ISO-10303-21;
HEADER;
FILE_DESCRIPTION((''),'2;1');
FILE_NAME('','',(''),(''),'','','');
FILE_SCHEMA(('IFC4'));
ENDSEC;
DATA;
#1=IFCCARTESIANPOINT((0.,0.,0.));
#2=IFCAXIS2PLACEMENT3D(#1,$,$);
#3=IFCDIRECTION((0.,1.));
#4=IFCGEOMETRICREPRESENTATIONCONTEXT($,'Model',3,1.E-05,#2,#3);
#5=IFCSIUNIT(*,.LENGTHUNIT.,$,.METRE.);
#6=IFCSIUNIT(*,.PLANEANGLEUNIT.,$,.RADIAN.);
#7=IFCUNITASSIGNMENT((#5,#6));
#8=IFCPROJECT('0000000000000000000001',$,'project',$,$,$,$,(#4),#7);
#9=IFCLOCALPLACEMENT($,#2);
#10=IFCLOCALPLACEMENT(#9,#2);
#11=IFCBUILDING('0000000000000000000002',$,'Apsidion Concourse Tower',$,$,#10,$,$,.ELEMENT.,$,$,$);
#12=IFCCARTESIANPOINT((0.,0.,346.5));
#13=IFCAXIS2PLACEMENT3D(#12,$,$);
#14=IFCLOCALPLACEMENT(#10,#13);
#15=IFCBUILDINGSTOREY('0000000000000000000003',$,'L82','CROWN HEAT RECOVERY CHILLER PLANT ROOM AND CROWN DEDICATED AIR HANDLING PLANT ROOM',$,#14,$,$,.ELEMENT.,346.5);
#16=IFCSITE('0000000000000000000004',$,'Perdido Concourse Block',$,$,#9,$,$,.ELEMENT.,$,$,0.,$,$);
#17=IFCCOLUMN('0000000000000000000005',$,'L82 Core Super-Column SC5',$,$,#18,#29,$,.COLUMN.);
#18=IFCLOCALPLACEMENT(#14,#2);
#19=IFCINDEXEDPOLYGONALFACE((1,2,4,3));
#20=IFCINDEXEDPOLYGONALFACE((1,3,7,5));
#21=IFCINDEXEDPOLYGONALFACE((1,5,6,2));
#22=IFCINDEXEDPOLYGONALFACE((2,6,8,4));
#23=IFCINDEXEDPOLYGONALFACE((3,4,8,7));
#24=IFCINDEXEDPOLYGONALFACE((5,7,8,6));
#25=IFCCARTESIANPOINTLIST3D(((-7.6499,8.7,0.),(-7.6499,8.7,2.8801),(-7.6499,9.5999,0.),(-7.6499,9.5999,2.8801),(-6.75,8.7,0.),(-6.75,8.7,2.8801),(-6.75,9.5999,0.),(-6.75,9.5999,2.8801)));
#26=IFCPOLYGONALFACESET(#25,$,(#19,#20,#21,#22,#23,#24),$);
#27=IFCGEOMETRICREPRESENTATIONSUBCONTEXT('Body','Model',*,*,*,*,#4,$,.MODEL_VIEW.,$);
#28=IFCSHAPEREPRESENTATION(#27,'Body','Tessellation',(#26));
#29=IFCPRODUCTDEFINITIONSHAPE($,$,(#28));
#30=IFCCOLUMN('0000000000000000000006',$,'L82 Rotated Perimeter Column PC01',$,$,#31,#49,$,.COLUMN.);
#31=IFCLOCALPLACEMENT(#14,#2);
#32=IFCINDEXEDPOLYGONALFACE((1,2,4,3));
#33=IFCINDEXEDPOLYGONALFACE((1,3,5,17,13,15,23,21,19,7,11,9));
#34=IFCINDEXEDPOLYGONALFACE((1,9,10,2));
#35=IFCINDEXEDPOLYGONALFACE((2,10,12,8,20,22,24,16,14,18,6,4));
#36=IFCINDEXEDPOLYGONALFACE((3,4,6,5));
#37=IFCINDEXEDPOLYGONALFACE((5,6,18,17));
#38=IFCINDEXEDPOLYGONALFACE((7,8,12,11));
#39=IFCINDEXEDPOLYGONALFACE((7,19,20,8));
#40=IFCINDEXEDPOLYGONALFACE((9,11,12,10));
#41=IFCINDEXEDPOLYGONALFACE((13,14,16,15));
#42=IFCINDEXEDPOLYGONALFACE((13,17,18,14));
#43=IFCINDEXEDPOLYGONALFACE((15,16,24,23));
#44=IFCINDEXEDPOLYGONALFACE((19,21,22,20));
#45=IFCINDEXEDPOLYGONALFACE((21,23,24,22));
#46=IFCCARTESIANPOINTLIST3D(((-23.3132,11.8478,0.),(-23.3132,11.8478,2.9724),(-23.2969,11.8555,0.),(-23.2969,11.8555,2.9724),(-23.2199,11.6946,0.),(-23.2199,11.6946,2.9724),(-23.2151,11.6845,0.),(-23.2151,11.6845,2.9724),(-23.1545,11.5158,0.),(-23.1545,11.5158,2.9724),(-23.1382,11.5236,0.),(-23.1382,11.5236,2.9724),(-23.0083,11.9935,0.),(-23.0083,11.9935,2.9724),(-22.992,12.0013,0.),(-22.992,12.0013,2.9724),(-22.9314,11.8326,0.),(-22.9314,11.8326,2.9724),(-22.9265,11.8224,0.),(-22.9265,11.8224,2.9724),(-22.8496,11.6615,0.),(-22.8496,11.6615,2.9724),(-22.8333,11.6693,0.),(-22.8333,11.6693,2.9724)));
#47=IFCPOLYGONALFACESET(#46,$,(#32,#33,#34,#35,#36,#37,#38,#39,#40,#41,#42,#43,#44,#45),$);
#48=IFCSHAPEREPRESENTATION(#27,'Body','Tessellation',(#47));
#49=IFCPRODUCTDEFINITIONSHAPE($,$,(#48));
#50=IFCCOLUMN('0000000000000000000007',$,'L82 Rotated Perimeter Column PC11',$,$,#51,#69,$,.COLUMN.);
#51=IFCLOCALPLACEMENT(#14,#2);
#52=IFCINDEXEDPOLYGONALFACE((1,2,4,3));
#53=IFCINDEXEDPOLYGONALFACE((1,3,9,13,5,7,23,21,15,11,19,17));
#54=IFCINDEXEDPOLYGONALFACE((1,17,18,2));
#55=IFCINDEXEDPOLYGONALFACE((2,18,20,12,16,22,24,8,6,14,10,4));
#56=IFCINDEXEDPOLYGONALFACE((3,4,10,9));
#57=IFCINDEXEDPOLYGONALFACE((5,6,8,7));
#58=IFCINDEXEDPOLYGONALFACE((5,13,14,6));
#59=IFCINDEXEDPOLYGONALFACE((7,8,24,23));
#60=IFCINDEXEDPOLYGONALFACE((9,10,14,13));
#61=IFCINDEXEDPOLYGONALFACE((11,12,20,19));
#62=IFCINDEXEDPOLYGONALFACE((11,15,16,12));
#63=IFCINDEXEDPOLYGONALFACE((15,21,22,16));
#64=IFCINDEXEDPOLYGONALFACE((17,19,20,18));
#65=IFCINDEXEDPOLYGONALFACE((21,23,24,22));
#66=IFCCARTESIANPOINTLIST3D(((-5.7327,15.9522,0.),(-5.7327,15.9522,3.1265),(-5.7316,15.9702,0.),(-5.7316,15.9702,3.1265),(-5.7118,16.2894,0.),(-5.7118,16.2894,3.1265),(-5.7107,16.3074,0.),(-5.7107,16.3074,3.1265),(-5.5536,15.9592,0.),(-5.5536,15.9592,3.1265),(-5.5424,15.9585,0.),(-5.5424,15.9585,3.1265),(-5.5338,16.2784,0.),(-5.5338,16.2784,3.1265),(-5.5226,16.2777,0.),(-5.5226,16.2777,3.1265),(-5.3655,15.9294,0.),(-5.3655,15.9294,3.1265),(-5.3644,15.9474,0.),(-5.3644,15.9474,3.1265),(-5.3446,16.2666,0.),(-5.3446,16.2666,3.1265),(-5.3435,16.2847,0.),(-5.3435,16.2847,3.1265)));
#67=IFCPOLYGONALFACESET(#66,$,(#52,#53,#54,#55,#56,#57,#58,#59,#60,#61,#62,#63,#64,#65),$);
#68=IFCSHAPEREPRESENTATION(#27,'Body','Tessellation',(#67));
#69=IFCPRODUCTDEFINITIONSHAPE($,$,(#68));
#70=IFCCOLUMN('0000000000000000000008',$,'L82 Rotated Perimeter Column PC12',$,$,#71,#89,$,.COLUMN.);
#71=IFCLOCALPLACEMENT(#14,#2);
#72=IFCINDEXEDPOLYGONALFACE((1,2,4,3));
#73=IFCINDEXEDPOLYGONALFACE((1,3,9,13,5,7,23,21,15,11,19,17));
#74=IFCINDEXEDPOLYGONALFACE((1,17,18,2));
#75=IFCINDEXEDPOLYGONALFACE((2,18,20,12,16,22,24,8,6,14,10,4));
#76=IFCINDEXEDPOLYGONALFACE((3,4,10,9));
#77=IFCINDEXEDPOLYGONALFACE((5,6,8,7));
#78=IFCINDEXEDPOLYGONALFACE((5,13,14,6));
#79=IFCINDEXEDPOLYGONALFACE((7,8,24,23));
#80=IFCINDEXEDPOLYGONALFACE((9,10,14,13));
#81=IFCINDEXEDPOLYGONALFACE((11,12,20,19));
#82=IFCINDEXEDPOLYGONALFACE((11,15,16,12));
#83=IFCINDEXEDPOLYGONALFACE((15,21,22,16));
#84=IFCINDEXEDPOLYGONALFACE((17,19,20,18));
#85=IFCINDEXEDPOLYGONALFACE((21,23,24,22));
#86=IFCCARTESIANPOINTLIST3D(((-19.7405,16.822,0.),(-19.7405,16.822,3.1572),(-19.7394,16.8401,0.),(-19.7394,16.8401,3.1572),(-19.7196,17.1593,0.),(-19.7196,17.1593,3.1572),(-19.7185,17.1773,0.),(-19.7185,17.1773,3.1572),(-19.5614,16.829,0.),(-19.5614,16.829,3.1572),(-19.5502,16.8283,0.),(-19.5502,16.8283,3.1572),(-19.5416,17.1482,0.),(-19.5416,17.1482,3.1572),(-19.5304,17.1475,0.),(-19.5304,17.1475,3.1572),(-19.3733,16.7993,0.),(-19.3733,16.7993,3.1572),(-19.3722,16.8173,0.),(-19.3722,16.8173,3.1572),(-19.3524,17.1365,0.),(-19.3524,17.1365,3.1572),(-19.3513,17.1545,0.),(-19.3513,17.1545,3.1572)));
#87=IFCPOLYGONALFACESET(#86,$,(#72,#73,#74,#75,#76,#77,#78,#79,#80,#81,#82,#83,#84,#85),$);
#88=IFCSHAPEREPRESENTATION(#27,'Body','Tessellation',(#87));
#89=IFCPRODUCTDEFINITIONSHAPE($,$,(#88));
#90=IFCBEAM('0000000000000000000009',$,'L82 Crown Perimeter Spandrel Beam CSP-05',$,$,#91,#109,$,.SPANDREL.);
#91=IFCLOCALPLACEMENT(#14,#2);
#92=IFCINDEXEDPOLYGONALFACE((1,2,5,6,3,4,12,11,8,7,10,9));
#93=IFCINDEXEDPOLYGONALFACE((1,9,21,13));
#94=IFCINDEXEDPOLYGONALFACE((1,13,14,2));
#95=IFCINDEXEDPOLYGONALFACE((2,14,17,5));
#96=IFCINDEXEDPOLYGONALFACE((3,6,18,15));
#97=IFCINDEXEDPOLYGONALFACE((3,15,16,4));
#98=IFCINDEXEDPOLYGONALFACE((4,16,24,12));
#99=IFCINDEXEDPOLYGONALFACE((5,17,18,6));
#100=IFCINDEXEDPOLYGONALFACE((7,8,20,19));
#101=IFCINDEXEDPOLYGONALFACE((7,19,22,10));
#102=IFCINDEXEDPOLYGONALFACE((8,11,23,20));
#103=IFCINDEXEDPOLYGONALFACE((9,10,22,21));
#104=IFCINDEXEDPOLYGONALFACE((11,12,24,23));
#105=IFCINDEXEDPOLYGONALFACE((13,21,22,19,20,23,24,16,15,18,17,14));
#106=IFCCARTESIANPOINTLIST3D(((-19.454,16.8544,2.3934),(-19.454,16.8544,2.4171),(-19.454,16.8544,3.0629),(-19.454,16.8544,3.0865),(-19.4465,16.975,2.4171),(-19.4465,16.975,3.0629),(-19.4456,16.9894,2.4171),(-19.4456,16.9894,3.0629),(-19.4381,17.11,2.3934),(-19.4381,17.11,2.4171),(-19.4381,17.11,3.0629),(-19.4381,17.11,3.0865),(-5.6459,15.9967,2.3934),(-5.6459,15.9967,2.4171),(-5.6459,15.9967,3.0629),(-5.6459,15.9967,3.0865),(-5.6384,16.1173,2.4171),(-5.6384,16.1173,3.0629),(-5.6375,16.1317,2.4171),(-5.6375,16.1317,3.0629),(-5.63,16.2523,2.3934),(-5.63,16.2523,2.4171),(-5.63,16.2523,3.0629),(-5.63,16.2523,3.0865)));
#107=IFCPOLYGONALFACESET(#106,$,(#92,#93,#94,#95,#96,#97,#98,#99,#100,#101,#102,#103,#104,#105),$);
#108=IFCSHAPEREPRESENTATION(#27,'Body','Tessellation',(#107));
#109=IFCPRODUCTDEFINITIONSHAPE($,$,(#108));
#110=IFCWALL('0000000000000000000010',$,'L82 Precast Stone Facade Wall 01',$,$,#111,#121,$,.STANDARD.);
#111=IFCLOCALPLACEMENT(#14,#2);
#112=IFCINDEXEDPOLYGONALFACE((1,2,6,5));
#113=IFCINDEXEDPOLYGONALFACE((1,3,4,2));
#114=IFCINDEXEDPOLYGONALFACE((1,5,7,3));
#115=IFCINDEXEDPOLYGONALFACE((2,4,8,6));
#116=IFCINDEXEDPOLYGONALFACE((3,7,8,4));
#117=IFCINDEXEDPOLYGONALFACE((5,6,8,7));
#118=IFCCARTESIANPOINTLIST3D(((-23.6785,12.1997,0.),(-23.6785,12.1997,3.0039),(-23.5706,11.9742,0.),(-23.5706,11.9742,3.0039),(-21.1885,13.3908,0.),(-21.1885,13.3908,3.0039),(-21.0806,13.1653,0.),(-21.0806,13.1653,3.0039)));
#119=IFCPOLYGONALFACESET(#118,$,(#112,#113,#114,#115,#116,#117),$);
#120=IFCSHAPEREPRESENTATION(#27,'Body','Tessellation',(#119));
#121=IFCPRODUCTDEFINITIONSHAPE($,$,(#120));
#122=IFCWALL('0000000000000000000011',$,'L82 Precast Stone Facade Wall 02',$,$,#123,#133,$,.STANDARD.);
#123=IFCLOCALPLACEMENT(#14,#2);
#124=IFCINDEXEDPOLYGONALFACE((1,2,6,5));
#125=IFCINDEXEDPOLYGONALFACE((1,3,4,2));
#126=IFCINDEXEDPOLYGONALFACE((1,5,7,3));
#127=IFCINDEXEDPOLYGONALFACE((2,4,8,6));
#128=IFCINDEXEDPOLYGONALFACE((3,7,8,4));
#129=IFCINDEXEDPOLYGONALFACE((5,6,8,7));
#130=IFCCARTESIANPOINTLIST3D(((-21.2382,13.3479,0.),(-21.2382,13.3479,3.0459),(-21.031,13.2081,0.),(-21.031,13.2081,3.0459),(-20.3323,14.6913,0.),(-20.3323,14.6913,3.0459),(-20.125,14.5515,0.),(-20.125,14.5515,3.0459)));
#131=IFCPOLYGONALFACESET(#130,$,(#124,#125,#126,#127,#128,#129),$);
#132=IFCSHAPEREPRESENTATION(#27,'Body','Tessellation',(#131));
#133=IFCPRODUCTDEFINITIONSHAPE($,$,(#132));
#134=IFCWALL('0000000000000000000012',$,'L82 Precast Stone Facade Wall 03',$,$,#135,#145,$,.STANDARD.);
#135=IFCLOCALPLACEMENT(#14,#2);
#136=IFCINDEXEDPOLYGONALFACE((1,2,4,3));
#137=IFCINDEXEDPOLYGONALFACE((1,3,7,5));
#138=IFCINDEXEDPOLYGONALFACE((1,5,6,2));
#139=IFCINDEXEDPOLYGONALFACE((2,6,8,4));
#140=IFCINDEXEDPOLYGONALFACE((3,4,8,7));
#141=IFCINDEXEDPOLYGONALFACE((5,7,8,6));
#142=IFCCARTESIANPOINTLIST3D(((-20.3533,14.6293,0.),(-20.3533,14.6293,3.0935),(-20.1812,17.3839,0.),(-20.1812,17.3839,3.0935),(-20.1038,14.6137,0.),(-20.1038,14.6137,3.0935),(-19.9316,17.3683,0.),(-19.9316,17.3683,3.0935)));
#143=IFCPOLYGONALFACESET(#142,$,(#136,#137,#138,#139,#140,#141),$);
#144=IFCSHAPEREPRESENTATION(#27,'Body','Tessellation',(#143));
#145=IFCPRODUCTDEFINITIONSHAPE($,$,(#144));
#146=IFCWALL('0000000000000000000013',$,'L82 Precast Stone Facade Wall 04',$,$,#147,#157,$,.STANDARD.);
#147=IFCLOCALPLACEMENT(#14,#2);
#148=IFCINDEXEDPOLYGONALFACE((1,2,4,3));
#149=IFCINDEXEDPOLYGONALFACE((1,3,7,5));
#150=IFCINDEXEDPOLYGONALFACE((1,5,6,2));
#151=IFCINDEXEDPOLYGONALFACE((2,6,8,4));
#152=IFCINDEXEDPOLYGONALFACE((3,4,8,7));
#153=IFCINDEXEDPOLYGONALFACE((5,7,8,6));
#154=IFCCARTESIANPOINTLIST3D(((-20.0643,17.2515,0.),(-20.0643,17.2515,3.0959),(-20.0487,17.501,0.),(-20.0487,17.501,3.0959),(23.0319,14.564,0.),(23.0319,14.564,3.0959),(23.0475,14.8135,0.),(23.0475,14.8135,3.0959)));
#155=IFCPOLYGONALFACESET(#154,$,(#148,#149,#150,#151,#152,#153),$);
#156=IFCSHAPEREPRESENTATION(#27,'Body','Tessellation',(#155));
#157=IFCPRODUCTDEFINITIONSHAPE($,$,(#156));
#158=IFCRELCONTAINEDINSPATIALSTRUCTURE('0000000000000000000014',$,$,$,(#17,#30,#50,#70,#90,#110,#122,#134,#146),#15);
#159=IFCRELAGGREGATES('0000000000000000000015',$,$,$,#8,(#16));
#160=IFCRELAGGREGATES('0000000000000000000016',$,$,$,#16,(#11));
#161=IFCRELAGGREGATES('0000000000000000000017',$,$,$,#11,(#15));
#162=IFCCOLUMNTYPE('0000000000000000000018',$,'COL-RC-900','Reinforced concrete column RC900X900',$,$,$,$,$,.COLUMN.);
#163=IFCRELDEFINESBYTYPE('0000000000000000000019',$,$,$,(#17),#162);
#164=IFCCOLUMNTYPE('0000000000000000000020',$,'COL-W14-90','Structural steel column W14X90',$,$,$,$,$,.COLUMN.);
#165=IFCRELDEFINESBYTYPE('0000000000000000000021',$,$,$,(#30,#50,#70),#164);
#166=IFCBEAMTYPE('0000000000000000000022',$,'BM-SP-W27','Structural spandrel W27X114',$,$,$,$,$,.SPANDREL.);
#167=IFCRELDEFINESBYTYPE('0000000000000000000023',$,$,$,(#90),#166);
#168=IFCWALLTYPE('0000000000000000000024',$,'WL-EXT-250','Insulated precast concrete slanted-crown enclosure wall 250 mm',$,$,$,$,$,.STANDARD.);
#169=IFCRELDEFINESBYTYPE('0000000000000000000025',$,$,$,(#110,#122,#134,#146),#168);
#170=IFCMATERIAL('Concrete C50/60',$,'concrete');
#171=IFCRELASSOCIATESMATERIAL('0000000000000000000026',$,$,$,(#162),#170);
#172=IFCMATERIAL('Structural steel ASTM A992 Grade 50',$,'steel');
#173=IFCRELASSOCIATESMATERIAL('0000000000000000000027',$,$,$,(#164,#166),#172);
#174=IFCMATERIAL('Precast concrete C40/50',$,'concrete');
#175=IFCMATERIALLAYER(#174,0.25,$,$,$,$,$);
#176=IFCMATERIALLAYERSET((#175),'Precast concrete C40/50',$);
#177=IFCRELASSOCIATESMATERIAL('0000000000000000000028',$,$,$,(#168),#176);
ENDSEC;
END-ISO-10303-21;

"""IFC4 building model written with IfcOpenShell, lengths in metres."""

from ifc_helpers import new_model, si_unit, direction, frame, frame_2d, origin, origin_2d, place, context, subcontext, project, spatial, rectangle, i_section, extrude, material, layer, layer_set, material_profile, profile_set, type_object, element, save


model = new_model("IFC4")

# Units and contexts
model_context = context("Model", 3, precision=1e-05, world=origin(), true_north=direction((0.0, 1.0)))
body_context = subcontext(model_context, "Body", "Model", "MODEL_VIEW")
ifc_project = project(units=[si_unit("LENGTHUNIT", "METRE"), si_unit("PLANEANGLEUNIT", "RADIAN")], contexts=[model_context])

# Site, building, storey
site_placement = place(None, origin())
site = spatial("IfcSite", under=ifc_project, at=site_placement, Name="Perdido Concourse Block", CompositionType="ELEMENT", RefElevation=0.0)
building_placement = place(site_placement, origin())
building = spatial("IfcBuilding", under=site, at=building_placement, Name="Apsidion Concourse Tower", CompositionType="ELEMENT")
storey_placement = place(building_placement, frame((0.0, 0.0, 346.5)))
storey = spatial("IfcBuildingStorey", under=building, at=storey_placement, Name="L82", Description="CROWN HEAT RECOVERY CHILLER PLANT ROOM AND CROWN DEDICATED AIR HANDLING PLANT ROOM", CompositionType="ELEMENT", Elevation=346.5)

# Columns
ifc_material_1 = material(Name="Concrete C50/60", Category="concrete")
ifc_material_profile_1 = material_profile(ifc_material_1, rectangle(XDim=0.8999, YDim=0.8999, at=origin_2d()), Name="RC 900x900")
ifc_profile_set_1 = profile_set([ifc_material_profile_1], Name="Concrete C50/60")
column_type_1 = type_object("IfcColumnType", Name="COL-RC-900", Description="Reinforced concrete column RC900X900", PredefinedType="COLUMN", material=ifc_profile_set_1)
column_1_placement = place(storey_placement, frame((-7.2, 9.1499, 0.0), z_axis=(0.0, 0.0, 1.0), x_axis=(1.0, 0.0, 0.0)))
element("IfcColumn", 1, at=column_1_placement, inside=storey, type_object=column_type_1, Name="L82 Core Super-Column SC5", PredefinedType="COLUMN", context=body_context, shape_type="SweptSolid", body=[
    extrude(rectangle(XDim=0.8999, YDim=0.8999, at=origin_2d()), origin(), (0.0, 0.0, 1.0), 2.8801),
])
ifc_material_2 = material(Name="Structural steel ASTM A992 Grade 50", Category="steel")
ifc_material_profile_2 = material_profile(ifc_material_2, i_section(OverallWidth=0.3679, OverallDepth=0.356, WebThickness=0.0112, FlangeThickness=0.0181, at=origin_2d()), Name="W14X90")
ifc_profile_set_2 = profile_set([ifc_material_profile_2], Name="Structural steel ASTM A992 Grade 50")
column_type_2 = type_object("IfcColumnType", Name="COL-W14-90", Description="Structural steel column W14X90", PredefinedType="COLUMN", material=ifc_profile_set_2)
column_2_placement = place(storey_placement, frame((-23.0732, 11.7585, 0.0), z_axis=(0.0, 0.0, 1.0), x_axis=(-0.431299, 0.902209, 0.0)))
element("IfcColumn", 2, at=column_2_placement, inside=storey, type_object=column_type_2, Name="L82 Rotated Perimeter Column PC01", PredefinedType="COLUMN", context=body_context, shape_type="SweptSolid", body=[
    extrude(i_section(OverallWidth=0.3679, OverallDepth=0.356, WebThickness=0.0112, FlangeThickness=0.0181, at=origin_2d()), origin(), (0.0, 0.0, 1.0), 2.9724),
])
column_3_placement = place(storey_placement, frame((-5.5381, 16.1184, 0.0), z_axis=(0.0, 0.0, 1.0), x_axis=(-0.998081, 0.06192, 0.0)))
element("IfcColumn", 3, at=column_3_placement, inside=storey, type_object=column_type_2, Name="L82 Rotated Perimeter Column PC11", PredefinedType="COLUMN", context=body_context, shape_type="SweptSolid", body=[
    extrude(i_section(OverallWidth=0.3679, OverallDepth=0.356, WebThickness=0.0112, FlangeThickness=0.0181, at=origin_2d()), origin(), (0.0, 0.0, 1.0), 3.1265),
])
column_4_placement = place(storey_placement, frame((-19.5459, 16.9883, 0.0), z_axis=(0.0, 0.0, 1.0), x_axis=(-0.998081, 0.06192, 0.0)))
element("IfcColumn", 4, at=column_4_placement, inside=storey, type_object=column_type_2, Name="L82 Rotated Perimeter Column PC12", PredefinedType="COLUMN", context=body_context, shape_type="SweptSolid", body=[
    extrude(i_section(OverallWidth=0.3679, OverallDepth=0.356, WebThickness=0.0112, FlangeThickness=0.0181, at=origin_2d()), origin(), (0.0, 0.0, 1.0), 3.1572),
])

# Beam
ifc_material_profile_3 = material_profile(ifc_material_2, i_section(OverallWidth=0.2561, OverallDepth=0.6931, WebThickness=0.0144, FlangeThickness=0.0237, at=origin_2d()), Name="W27X114")
ifc_profile_set_3 = profile_set([ifc_material_profile_3], Name="Structural steel ASTM A992 Grade 50")
beam_type = type_object("IfcBeamType", Name="BM-SP-W27", Description="Structural spandrel W27X114", PredefinedType="SPANDREL", material=ifc_profile_set_3)
beam_placement = place(storey_placement, frame((-5.6379, 16.1245, 2.74), z_axis=(-0.998077, 0.061994, 0.0), x_axis=(-0.061994, -0.998077, 0.0)))
element("IfcBeam", 5, at=beam_placement, inside=storey, type_object=beam_type, Name="L82 Crown Perimeter Spandrel Beam CSP-05", PredefinedType="SPANDREL", context=body_context, shape_type="SweptSolid", body=[
    extrude(i_section(OverallWidth=0.2561, OverallDepth=0.6931, WebThickness=0.0144, FlangeThickness=0.0237, at=origin_2d()), origin(), (0.0, 0.0, 1.0), 13.8347),
])

# Walls
ifc_material_3 = material(Name="Precast concrete C40/50", Category="concrete")
ifc_layer_1 = layer(ifc_material_3, 0.25)
ifc_layer_set_1 = layer_set([ifc_layer_1], Name="Precast concrete C40/50")
wall_type_1 = type_object("IfcWallType", Name="WL-EXT-250", Description="Insulated precast concrete slanted-crown enclosure wall 250 mm", PredefinedType="STANDARD", material=ifc_layer_set_1)
wall_1_placement = place(storey_placement, frame((-23.6245, 12.0869, 0.0), z_axis=(0.0, 0.0, 1.0), x_axis=(0.902092, 0.431543, 0.0)))
element("IfcWall", 6, at=wall_1_placement, inside=storey, type_object=wall_type_1, Name="L82 Precast Stone Facade Wall 01", PredefinedType="STANDARD", context=body_context, shape_type="SweptSolid", body=[
    extrude(rectangle(XDim=2.7603, YDim=0.25, at=frame_2d((1.3801, 0.0))), origin(), (0.0, 0.0, 1.0), 3.0039),
])
wall_2_placement = place(storey_placement, frame((-21.1345, 13.2781, 0.0), z_axis=(0.0, 0.0, 1.0), x_axis=(0.559108, 0.829095, 0.0)))
element("IfcWall", 7, at=wall_2_placement, inside=storey, type_object=wall_type_1, Name="L82 Precast Stone Facade Wall 02", PredefinedType="STANDARD", context=body_context, shape_type="SweptSolid", body=[
    extrude(rectangle(XDim=1.6204, YDim=0.25, at=frame_2d((0.8101, 0.0))), origin(), (0.0, 0.0, 1.0), 3.0459),
])
wall_3_placement = place(storey_placement, frame((-20.2285, 14.6216, 0.0), z_axis=(0.0, 0.0, 1.0), x_axis=(0.062362, 0.998054, 0.0)))
element("IfcWall", 8, at=wall_3_placement, inside=storey, type_object=wall_type_1, Name="L82 Precast Stone Facade Wall 03", PredefinedType="STANDARD", context=body_context, shape_type="SweptSolid", body=[
    extrude(rectangle(XDim=2.76, YDim=0.25, at=frame_2d((1.3799, 0.0))), origin(), (0.0, 0.0, 1.0), 3.0935),
])
wall_4_placement = place(storey_placement, frame((-20.0564, 17.3762, 0.0), z_axis=(0.0, 0.0, 1.0), x_axis=(0.998061, -0.06224, 0.0)))
element("IfcWall", 9, at=wall_4_placement, inside=storey, type_object=wall_type_1, Name="L82 Precast Stone Facade Wall 04", PredefinedType="STANDARD", context=body_context, shape_type="SweptSolid", body=[
    extrude(rectangle(XDim=43.1799, YDim=0.25, at=frame_2d((21.5898, 0.0))), origin(), (0.0, 0.0, 1.0), 3.0959),
])

save(model, "model.ifc")
